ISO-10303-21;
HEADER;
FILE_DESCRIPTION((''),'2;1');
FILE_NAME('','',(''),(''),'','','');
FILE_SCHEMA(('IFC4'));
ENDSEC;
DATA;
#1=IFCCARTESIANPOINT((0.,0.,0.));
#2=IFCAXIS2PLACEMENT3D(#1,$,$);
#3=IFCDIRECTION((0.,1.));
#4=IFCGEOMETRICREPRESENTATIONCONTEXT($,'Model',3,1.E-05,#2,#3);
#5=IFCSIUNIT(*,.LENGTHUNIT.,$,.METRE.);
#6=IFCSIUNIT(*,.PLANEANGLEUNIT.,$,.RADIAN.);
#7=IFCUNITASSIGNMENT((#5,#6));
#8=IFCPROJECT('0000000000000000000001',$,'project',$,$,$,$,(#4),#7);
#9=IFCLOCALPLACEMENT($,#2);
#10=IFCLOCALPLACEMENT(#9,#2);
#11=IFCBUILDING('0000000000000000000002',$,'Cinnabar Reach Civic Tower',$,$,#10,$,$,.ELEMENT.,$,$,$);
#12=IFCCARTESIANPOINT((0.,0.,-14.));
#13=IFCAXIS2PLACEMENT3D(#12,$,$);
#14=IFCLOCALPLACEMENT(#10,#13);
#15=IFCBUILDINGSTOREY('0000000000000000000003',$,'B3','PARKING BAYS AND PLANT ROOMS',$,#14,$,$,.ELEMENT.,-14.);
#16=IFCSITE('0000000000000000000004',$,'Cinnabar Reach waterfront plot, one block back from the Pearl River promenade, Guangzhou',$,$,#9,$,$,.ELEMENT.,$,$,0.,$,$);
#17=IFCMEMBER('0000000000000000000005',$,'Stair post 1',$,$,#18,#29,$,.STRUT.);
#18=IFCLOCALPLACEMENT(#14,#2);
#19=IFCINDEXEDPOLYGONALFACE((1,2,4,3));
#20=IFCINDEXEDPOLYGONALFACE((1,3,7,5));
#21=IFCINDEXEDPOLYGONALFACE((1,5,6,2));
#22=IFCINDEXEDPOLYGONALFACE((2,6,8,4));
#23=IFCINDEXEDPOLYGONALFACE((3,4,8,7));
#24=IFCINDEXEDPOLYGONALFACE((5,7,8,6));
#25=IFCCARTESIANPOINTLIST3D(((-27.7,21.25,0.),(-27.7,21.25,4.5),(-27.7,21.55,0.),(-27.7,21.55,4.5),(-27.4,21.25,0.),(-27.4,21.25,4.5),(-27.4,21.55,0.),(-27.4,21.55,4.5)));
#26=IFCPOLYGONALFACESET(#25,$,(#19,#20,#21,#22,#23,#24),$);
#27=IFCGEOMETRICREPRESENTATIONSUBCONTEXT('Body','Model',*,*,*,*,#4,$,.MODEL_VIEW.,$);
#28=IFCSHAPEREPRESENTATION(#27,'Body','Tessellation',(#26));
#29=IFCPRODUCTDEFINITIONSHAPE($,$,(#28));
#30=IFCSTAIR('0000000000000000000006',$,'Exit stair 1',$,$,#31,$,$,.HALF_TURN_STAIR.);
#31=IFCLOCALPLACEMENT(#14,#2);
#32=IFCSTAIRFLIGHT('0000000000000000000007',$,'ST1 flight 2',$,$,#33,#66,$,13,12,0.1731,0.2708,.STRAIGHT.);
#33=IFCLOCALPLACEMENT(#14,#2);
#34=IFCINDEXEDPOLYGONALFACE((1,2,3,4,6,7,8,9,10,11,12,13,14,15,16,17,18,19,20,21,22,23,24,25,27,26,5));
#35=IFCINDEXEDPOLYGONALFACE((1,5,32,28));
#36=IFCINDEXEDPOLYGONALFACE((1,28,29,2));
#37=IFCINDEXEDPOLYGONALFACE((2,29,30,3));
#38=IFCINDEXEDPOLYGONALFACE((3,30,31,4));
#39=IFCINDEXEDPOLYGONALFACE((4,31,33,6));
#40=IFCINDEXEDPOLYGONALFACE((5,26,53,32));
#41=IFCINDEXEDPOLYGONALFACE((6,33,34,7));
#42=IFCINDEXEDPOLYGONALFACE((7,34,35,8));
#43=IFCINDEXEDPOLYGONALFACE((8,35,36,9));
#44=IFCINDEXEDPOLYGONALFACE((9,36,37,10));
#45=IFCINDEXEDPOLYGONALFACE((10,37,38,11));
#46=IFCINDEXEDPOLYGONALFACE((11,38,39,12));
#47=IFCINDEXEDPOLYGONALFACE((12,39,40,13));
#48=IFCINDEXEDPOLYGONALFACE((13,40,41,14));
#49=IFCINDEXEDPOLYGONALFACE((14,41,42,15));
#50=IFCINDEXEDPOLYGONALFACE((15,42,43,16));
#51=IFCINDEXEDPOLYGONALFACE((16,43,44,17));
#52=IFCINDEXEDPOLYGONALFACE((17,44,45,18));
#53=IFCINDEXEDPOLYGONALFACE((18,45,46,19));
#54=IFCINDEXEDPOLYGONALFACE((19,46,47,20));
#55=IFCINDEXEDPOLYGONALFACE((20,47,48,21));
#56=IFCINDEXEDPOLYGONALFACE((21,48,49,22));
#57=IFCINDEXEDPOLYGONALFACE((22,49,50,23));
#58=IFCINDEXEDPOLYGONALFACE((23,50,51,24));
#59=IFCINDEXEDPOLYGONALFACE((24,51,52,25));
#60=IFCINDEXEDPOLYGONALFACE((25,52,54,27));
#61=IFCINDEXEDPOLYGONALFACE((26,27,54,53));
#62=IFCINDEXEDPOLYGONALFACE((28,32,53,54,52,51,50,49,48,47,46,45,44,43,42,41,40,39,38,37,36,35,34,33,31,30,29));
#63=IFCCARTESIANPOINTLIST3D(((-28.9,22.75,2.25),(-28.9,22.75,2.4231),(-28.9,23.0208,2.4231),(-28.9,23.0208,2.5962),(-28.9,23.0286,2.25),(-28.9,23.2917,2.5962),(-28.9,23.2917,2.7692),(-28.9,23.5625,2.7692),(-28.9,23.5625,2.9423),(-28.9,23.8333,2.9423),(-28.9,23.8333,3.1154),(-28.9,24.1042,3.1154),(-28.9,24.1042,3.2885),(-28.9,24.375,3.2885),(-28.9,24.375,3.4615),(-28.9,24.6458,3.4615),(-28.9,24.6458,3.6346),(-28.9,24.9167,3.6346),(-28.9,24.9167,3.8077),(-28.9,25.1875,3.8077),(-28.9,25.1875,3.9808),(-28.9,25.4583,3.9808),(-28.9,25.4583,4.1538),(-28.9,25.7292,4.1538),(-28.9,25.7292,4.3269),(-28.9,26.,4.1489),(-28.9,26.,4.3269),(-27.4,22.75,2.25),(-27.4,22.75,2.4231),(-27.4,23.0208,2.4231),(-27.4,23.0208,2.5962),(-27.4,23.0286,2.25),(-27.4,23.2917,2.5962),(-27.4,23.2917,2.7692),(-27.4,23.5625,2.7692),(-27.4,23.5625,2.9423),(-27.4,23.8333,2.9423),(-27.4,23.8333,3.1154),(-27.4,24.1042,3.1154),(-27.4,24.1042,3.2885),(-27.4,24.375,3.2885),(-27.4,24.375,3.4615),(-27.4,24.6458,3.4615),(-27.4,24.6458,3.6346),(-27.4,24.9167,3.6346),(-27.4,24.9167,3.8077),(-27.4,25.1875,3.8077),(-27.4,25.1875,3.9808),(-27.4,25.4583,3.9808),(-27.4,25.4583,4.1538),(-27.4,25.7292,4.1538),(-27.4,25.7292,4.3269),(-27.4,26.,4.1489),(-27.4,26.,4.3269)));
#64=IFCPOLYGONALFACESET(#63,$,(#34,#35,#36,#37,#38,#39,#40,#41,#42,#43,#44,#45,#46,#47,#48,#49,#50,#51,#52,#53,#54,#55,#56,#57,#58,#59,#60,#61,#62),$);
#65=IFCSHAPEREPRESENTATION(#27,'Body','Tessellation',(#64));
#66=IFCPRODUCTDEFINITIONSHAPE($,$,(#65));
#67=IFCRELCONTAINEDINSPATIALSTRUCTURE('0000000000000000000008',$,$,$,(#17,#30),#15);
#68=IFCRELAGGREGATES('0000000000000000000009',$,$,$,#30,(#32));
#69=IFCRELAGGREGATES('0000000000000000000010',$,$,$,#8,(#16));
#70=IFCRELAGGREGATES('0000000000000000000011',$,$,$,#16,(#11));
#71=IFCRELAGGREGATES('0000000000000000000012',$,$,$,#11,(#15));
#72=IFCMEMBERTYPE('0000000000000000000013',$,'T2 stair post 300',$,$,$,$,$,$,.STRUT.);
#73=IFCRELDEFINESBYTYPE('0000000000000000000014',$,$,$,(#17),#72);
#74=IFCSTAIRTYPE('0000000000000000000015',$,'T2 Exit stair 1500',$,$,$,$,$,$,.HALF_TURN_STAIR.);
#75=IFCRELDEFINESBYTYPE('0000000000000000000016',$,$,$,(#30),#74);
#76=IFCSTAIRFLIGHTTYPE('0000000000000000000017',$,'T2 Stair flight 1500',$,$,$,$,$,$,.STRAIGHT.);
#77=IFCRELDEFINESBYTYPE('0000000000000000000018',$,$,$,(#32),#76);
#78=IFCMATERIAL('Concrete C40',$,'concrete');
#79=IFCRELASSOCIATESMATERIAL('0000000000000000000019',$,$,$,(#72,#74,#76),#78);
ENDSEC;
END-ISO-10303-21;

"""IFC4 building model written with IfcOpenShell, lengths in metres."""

from ifc_helpers import new_model, si_unit, direction, frame, origin, origin_2d, place, context, subcontext, project, spatial, polyline, rectangle, outline, extrude, material, material_profile, profile_set, type_object, element, aggregate, save


model = new_model("IFC4")

# Units and contexts
model_context = context("Model", 3, precision=1e-05, world=origin(), true_north=direction((0.0, 1.0)))
body_context = subcontext(model_context, "Body", "Model", "MODEL_VIEW")
ifc_project = project(units=[si_unit("LENGTHUNIT", "METRE"), si_unit("PLANEANGLEUNIT", "RADIAN")], contexts=[model_context])

# Site, building, storey
site_placement = place(None, origin())
site = spatial("IfcSite", under=ifc_project, at=site_placement, Name="Cinnabar Reach waterfront plot, one block back from the Pearl River promenade, Guangzhou", CompositionType="ELEMENT", RefElevation=0.0)
building_placement = place(site_placement, origin())
building = spatial("IfcBuilding", under=site, at=building_placement, Name="Cinnabar Reach Civic Tower", CompositionType="ELEMENT")
storey_placement = place(building_placement, frame((0.0, 0.0, -14.0)))
storey = spatial("IfcBuildingStorey", under=building, at=storey_placement, Name="B3", Description="PARKING BAYS AND PLANT ROOMS", CompositionType="ELEMENT", Elevation=-14.0)

# Shared definitions
ifc_material_1 = material(Name="Concrete C40", Category="concrete")

# Member
ifc_material_profile_1 = material_profile(ifc_material_1, rectangle(XDim=0.3, YDim=0.3, at=origin_2d()), Name="C300")
ifc_profile_set_1 = profile_set([ifc_material_profile_1], Name="Concrete C40")
member_type = type_object("IfcMemberType", Name="T2 stair post 300", PredefinedType="STRUT", material=ifc_profile_set_1)
member_placement = place(storey_placement, frame((-27.55, 21.4, 0.0), z_axis=(0.0, 0.0, 1.0), x_axis=(1.0, 0.0, 0.0)))
element("IfcMember", 1, at=member_placement, inside=storey, type_object=member_type, Name="Stair post 1", PredefinedType="STRUT", context=body_context, shape_type="SweptSolid", body=[
    extrude(rectangle(XDim=0.3, YDim=0.3, at=origin_2d()), origin(), (0.0, 0.0, 1.0), 4.5),
])

# Stair, stair flight
stair_type = type_object("IfcStairType", Name="T2 Exit stair 1500", PredefinedType="HALF_TURN_STAIR", material=ifc_material_1)
stair_placement = place(storey_placement, origin())
stair = element("IfcStair", 2, at=stair_placement, inside=storey, type_object=stair_type, Name="Exit stair 1", PredefinedType="HALF_TURN_STAIR")
stair_flight_type = type_object("IfcStairFlightType", Name="T2 Stair flight 1500", PredefinedType="STRAIGHT", material=ifc_material_1)
stair_flight_placement = place(storey_placement, frame((-28.15, 22.75, 2.25), z_axis=(0.0, 0.0, 1.0), x_axis=(0.0, 1.0, 0.0)))
stair_flight = element("IfcStairFlight", 3, at=stair_flight_placement, type_object=stair_flight_type, Name="ST1 flight 2", NumberOfRisers=13, NumberOfTreads=12, PredefinedType="STRAIGHT", RiserHeight=0.1731, TreadLength=0.2708, context=body_context, shape_type="SweptSolid", body=[
    extrude(outline(polyline([(0.0, 0.0), (0.0, 0.1731), (0.2708, 0.1731), (0.2708, 0.3462), (0.5417, 0.3462), (0.5417, 0.5192), (0.8125, 0.5192), (0.8125, 0.6923), (1.0833, 0.6923), (1.0833, 0.8654), (1.3542, 0.8654), (1.3542, 1.0385), (1.625, 1.0385), (1.625, 1.2115), (1.8958, 1.2115), (1.8958, 1.3846), (2.1667, 1.3846), (2.1667, 1.5577), (2.4375, 1.5577), (2.4375, 1.7308), (2.7083, 1.7308), (2.7083, 1.9038), (2.9792, 1.9038), (2.9792, 2.0769), (3.25, 2.0769), (3.25, 2.25), (3.25, 1.8989), (0.2786, 0.0), (0.0, 0.0)])), frame((0.0, 0.75, 0.0), z_axis=(0.0, -1.0, 0.0), x_axis=(1.0, 0.0, 0.0)), (0.0, 0.0, 1.0), 1.5),
])
aggregate(stair, [stair_flight])

save(model, "model.ifc")
